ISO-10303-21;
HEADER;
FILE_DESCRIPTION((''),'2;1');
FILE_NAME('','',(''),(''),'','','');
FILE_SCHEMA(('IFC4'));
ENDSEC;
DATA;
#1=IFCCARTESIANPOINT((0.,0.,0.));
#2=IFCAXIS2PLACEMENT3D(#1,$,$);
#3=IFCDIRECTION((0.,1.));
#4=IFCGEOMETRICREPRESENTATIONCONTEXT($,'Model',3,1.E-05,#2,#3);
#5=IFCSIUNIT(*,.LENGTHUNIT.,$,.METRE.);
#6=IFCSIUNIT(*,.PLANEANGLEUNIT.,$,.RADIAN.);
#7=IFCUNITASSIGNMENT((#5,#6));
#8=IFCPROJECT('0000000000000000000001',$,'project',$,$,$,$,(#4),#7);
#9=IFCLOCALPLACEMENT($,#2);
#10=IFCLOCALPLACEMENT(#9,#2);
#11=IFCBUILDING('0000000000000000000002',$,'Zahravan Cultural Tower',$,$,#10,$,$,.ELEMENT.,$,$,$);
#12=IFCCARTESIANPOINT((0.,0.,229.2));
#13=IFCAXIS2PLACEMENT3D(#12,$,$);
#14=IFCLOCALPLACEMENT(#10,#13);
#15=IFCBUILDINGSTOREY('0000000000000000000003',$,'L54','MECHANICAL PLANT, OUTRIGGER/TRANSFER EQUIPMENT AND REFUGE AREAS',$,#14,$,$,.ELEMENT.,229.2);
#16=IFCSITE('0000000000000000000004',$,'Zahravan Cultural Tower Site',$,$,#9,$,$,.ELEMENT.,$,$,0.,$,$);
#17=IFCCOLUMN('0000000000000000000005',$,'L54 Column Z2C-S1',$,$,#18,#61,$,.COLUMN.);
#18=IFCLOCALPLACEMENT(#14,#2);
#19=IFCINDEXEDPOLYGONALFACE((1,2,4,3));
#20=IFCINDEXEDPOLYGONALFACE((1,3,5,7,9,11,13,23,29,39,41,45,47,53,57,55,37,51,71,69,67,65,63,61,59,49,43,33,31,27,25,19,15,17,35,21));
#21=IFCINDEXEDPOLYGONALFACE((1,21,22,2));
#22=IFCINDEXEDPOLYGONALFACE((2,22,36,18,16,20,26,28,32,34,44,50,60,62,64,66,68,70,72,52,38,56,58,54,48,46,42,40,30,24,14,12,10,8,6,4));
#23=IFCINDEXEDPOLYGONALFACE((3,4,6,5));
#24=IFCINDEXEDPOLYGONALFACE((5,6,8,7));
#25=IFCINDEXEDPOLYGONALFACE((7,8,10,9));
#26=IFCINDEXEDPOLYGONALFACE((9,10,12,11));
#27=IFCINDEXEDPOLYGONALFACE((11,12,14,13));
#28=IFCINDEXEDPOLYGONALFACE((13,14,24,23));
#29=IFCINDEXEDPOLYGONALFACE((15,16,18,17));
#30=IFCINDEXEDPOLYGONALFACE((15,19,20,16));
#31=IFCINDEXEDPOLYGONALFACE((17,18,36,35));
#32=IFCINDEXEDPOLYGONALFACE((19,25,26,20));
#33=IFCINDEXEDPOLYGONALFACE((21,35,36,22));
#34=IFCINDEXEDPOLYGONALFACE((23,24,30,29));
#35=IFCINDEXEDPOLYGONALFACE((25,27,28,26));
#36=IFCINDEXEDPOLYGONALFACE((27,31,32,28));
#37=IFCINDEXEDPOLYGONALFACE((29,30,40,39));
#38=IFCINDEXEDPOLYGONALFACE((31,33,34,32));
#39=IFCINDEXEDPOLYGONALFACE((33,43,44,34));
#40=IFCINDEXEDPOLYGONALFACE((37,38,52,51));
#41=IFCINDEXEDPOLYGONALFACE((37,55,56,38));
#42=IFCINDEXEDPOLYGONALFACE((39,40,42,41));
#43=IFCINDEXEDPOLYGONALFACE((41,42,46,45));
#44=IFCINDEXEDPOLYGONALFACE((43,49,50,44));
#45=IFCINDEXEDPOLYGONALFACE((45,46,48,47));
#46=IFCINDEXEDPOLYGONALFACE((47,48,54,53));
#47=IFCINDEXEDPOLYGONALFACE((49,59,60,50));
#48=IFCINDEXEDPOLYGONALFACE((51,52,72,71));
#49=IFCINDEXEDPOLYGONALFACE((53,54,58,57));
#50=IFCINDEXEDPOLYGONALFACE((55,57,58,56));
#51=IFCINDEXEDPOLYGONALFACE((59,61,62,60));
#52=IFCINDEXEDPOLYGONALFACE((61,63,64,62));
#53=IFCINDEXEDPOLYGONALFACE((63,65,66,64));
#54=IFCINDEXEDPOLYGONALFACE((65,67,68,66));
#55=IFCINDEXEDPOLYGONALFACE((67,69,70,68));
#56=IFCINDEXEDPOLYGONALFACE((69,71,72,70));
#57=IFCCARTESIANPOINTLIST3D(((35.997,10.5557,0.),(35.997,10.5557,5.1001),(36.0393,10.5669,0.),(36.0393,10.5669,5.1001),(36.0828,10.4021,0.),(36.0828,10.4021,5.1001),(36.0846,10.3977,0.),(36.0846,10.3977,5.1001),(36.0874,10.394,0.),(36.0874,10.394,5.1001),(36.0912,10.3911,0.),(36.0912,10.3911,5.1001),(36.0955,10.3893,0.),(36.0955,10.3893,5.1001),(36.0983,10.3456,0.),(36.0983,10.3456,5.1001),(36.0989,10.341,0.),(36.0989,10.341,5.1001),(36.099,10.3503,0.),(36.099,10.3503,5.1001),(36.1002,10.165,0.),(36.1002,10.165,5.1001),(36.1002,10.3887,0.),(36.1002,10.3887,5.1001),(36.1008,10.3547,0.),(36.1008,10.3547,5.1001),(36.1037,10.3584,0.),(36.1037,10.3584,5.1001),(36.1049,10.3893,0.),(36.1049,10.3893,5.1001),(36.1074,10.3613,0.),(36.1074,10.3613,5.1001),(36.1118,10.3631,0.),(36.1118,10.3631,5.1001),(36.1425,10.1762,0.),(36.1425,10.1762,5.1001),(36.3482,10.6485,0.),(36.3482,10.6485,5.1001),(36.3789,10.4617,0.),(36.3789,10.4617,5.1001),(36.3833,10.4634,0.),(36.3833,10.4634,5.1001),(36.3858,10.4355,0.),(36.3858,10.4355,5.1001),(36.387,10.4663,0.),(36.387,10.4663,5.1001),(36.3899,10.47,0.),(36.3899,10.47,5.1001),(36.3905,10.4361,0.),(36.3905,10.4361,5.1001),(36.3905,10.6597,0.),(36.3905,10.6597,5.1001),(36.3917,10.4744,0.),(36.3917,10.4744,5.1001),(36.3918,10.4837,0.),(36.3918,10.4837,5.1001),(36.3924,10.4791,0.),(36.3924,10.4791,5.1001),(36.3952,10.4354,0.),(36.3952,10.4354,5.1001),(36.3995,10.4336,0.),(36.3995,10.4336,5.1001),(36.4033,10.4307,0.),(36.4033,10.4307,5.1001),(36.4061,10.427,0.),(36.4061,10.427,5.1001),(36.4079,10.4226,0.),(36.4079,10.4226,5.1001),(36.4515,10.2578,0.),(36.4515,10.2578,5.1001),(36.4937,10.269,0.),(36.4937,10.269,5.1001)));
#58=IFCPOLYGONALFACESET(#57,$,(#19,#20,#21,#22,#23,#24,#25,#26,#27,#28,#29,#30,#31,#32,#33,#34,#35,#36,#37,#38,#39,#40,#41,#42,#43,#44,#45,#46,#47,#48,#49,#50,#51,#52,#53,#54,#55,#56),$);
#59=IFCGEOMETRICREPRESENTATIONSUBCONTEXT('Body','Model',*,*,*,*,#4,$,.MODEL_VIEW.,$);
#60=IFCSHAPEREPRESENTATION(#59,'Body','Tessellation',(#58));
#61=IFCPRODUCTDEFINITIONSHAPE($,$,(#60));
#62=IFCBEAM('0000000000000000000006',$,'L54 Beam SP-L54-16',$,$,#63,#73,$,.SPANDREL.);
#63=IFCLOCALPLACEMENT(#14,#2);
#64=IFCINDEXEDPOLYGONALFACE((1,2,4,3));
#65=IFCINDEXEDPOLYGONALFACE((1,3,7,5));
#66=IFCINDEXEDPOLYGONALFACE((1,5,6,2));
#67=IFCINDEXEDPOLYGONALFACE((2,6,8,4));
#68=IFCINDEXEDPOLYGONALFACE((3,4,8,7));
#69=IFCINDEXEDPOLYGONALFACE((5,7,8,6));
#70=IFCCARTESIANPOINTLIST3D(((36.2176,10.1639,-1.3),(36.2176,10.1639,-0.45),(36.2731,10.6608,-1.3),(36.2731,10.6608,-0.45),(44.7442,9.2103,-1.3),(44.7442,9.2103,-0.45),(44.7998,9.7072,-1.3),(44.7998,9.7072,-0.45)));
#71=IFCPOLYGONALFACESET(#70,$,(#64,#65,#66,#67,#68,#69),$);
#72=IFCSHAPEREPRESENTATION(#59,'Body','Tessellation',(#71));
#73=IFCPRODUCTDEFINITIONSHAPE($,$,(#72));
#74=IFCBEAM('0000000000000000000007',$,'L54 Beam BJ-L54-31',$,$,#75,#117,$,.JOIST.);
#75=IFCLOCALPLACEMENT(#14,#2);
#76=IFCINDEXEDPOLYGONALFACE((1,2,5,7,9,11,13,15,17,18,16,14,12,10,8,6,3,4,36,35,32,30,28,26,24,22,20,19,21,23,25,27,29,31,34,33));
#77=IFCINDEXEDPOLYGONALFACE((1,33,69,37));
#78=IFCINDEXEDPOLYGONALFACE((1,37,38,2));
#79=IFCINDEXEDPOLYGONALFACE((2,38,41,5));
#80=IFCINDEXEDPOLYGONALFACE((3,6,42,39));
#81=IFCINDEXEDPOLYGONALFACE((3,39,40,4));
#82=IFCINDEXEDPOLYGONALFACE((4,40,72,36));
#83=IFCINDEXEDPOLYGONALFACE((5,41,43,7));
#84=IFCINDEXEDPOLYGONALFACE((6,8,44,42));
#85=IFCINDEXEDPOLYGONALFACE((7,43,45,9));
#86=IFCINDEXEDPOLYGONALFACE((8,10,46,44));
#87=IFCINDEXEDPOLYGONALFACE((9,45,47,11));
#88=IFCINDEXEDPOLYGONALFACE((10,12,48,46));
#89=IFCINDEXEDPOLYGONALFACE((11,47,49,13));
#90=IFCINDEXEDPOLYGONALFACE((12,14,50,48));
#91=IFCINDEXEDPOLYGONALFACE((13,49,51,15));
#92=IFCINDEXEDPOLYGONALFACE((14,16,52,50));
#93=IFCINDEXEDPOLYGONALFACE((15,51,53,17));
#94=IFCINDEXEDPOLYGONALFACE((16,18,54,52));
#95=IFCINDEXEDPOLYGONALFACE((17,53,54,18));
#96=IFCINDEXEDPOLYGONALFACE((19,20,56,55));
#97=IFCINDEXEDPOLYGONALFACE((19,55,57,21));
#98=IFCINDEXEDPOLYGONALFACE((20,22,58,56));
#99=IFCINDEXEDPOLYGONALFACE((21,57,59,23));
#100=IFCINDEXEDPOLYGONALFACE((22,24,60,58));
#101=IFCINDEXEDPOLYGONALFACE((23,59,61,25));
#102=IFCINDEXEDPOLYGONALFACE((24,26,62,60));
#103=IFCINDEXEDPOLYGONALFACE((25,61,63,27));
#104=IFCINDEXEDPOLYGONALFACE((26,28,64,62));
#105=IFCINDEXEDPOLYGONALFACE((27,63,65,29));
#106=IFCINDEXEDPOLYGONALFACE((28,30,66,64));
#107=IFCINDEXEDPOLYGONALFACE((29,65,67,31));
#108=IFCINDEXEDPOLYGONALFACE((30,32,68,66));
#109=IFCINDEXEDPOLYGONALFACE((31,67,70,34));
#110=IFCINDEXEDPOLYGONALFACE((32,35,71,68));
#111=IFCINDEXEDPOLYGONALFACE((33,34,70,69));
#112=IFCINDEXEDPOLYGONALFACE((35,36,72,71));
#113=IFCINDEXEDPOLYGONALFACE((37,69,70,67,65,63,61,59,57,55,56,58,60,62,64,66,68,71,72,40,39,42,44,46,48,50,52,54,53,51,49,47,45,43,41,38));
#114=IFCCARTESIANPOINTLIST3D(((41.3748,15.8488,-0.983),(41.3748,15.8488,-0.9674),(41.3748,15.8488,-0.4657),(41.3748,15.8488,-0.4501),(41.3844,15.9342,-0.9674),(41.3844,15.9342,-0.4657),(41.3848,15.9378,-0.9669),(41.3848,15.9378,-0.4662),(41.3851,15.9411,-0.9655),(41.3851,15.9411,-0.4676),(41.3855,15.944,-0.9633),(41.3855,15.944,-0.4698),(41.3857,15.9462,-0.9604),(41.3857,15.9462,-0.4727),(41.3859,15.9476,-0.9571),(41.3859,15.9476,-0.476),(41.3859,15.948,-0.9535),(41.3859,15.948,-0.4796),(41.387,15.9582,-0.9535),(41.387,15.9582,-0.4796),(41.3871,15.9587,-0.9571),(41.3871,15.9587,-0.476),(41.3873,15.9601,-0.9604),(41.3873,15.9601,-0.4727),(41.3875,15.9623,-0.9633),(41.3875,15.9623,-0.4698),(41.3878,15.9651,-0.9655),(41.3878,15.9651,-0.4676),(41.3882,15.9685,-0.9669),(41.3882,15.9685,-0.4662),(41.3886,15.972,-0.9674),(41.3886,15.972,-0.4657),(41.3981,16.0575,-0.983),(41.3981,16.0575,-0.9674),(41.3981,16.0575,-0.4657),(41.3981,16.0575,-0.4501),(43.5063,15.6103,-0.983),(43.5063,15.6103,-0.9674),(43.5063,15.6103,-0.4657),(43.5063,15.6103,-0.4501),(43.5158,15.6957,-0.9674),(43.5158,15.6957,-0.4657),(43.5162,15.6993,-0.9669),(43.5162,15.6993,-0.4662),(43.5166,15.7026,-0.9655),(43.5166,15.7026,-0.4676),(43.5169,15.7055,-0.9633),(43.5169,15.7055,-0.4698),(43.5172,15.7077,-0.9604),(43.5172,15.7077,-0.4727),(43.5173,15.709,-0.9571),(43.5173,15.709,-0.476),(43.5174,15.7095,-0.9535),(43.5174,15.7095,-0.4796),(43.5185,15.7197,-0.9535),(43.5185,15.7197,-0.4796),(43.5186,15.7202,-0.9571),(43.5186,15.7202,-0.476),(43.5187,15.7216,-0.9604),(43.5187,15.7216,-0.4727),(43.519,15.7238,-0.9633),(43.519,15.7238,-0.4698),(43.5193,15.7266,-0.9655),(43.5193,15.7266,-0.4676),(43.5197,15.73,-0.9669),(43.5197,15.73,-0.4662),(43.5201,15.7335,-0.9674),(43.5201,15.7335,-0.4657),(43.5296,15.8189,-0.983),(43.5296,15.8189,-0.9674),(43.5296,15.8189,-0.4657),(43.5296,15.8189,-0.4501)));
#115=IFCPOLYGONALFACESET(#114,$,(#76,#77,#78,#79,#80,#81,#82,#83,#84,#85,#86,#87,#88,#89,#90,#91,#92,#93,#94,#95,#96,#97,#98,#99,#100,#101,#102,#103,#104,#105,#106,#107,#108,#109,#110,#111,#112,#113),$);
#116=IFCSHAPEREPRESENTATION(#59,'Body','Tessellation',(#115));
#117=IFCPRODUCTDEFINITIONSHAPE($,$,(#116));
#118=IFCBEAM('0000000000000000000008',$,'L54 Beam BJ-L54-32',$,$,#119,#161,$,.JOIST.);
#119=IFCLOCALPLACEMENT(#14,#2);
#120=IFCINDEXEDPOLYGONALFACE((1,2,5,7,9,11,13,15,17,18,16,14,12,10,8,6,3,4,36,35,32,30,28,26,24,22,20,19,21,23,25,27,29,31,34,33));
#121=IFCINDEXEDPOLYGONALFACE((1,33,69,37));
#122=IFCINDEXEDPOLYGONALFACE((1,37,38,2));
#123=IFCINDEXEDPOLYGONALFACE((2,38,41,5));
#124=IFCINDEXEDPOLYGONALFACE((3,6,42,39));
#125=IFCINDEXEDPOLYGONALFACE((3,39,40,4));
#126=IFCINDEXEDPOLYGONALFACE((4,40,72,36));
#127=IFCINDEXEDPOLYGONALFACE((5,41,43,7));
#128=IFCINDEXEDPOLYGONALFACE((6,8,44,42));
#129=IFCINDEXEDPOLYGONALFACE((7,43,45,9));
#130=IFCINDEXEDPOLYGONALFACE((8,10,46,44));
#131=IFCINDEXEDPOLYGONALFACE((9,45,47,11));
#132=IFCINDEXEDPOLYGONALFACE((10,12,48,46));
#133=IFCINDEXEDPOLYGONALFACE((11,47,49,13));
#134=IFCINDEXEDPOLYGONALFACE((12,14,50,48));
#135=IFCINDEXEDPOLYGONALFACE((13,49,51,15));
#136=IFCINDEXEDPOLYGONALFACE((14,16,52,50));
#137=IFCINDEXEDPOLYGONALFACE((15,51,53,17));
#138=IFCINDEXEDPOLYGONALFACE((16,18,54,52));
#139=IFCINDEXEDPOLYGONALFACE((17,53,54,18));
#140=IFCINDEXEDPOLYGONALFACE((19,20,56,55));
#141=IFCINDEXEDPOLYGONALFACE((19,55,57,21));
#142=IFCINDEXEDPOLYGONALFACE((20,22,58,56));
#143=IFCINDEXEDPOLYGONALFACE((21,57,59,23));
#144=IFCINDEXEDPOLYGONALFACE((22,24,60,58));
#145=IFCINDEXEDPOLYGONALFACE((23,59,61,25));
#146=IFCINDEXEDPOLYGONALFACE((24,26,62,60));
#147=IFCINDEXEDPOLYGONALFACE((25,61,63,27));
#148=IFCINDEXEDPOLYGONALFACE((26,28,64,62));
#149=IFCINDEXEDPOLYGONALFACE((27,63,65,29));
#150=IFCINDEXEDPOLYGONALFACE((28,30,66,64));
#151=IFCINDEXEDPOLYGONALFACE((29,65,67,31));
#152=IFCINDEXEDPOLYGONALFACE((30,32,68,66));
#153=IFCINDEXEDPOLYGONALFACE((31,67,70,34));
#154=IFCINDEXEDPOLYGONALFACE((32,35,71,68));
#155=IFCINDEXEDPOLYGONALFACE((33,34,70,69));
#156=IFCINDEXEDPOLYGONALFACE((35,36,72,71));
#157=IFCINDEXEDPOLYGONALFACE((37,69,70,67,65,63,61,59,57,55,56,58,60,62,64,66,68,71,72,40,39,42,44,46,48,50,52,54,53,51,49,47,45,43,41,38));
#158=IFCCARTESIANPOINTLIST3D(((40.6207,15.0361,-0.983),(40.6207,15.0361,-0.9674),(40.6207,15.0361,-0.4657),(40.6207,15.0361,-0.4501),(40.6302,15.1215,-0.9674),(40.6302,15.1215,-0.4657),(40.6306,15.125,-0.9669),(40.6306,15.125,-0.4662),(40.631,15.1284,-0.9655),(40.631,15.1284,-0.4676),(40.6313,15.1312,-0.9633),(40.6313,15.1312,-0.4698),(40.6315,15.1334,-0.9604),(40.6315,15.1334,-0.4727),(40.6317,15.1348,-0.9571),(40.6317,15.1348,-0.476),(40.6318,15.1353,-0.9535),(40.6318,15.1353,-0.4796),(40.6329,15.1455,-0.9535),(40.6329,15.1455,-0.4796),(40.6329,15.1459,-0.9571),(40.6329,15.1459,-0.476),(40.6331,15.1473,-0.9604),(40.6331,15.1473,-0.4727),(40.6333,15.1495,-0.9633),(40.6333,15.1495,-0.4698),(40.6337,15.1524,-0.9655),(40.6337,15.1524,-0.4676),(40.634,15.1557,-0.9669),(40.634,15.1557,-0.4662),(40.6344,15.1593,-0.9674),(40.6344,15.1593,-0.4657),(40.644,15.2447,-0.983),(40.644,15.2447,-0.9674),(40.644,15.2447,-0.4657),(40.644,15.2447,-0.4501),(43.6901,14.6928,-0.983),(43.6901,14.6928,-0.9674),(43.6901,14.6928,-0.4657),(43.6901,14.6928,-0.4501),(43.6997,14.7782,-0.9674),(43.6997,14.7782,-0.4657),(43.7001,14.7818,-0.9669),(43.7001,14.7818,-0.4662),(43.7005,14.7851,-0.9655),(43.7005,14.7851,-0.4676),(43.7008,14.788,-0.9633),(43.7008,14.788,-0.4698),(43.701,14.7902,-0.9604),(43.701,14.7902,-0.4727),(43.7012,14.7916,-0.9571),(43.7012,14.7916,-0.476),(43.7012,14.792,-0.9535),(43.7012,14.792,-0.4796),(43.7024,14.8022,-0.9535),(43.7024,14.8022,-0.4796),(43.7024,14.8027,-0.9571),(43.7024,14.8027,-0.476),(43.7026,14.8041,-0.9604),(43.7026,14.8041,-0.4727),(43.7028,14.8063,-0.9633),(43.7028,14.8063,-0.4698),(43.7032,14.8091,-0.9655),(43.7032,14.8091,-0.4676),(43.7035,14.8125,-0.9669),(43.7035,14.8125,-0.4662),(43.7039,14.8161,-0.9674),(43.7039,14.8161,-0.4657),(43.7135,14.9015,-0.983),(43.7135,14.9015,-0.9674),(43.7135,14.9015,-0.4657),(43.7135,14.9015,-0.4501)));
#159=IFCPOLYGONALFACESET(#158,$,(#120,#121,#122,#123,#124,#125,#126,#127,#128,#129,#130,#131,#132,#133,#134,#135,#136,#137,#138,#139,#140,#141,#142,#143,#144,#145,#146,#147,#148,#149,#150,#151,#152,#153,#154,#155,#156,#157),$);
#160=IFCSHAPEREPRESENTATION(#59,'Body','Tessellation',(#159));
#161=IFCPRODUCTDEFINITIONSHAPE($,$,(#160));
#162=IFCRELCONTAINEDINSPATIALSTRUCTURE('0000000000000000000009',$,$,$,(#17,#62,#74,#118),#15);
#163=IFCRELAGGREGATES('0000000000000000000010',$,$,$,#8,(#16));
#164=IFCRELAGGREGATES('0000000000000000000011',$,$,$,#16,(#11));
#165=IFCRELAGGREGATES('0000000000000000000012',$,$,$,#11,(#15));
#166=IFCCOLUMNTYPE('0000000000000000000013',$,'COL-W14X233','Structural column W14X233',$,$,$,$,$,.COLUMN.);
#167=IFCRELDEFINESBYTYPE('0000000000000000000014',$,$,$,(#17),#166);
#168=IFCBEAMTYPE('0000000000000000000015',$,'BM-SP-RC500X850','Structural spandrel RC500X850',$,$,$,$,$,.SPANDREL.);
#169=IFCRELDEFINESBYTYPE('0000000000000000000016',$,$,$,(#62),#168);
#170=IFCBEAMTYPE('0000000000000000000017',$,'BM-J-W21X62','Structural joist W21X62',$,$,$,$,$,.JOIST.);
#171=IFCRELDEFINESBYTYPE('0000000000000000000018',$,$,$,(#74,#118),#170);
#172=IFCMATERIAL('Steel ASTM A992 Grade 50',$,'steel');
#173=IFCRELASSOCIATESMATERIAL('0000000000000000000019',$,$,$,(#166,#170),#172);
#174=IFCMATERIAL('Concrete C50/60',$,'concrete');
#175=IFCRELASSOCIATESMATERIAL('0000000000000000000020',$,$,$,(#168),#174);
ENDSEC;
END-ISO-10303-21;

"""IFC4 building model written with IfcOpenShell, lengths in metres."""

from ifc_helpers import new_model, si_unit, direction, frame, origin, origin_2d, place, context, subcontext, project, spatial, rectangle, i_section, extrude, source, transform, mapped, material, material_profile, profile_set, type_object, element, save


model = new_model("IFC4")

# Units and contexts
model_context = context("Model", 3, precision=1e-05, world=origin(), true_north=direction((0.0, 1.0)))
body_context = subcontext(model_context, "Body", "Model", "MODEL_VIEW")
ifc_project = project(units=[si_unit("LENGTHUNIT", "METRE"), si_unit("PLANEANGLEUNIT", "RADIAN")], contexts=[model_context])

# Site, building, storey
site_placement = place(None, origin())
site = spatial("IfcSite", under=ifc_project, at=site_placement, Name="Zahravan Cultural Tower Site", CompositionType="ELEMENT", RefElevation=0.0)
building_placement = place(site_placement, origin())
building = spatial("IfcBuilding", under=site, at=building_placement, Name="Zahravan Cultural Tower", CompositionType="ELEMENT")
storey_placement = place(building_placement, frame((0.0, 0.0, 229.2)))
storey = spatial("IfcBuildingStorey", under=building, at=storey_placement, Name="L54", Description="MECHANICAL PLANT, OUTRIGGER/TRANSFER EQUIPMENT AND REFUGE AREAS", CompositionType="ELEMENT", Elevation=229.2)

# Column
ifc_material_1 = material(Name="Steel ASTM A992 Grade 50", Category="steel")
ifc_material_profile_1 = material_profile(ifc_material_1, i_section(OverallWidth=0.4041, OverallDepth=0.407, WebThickness=0.0271, FlangeThickness=0.0437, FilletRadius=0.0181, at=origin_2d()), Name="W14X233")
ifc_profile_set_1 = profile_set([ifc_material_profile_1], Name="Steel ASTM A992 Grade 50")
column_type = type_object("IfcColumnType", Name="COL-W14X233", Description="Structural column W14X233", PredefinedType="COLUMN", material=ifc_profile_set_1)
shared_shape_1 = source(origin(), body_context, "Body", "SweptSolid", [
    extrude(i_section(OverallWidth=0.4041, OverallDepth=0.407, WebThickness=0.0271, FlangeThickness=0.0437, FilletRadius=0.0181, at=origin_2d()), origin(), (0.0, 0.0, 1.0), 5.1001),
])
column_placement = place(storey_placement, frame((36.2454, 10.4124, 0.0), z_axis=(0.0, 0.0, 1.0), x_axis=(-0.255446, 0.966823, 0.0)))
element("IfcColumn", 1, at=column_placement, inside=storey, type_object=column_type, Name="L54 Column Z2C-S1", PredefinedType="COLUMN", context=body_context, shape_type="MappedRepresentation", body=[
    mapped(shared_shape_1, transform((0.0, 0.0, 0.0), x_axis=(1.0, 0.0, 0.0), y_axis=(0.0, 1.0, 0.0), z_axis=(0.0, 0.0, 1.0), scale=1.0)),
])

# Beams
ifc_material_2 = material(Name="Concrete C50/60", Category="concrete")
ifc_material_profile_2 = material_profile(ifc_material_2, rectangle(XDim=0.5, YDim=0.8501, at=origin_2d()), Name="RC500X850")
ifc_profile_set_2 = profile_set([ifc_material_profile_2], Name="Concrete C50/60")
beam_type_1 = type_object("IfcBeamType", Name="BM-SP-RC500X850", Description="Structural spandrel RC500X850", PredefinedType="SPANDREL", material=ifc_profile_set_2)
shared_shape_2 = source(origin(), body_context, "Body", "SweptSolid", [
    extrude(rectangle(XDim=0.5, YDim=0.8501, at=origin_2d()), origin(), (0.0, 0.0, 1.0), 8.5798),
])
beam_1_placement = place(storey_placement, frame((36.2454, 10.4124, -0.875), z_axis=(0.993804, -0.111147, 0.0), x_axis=(0.111147, 0.993804, 0.0)))
element("IfcBeam", 2, at=beam_1_placement, inside=storey, type_object=beam_type_1, Name="L54 Beam SP-L54-16", PredefinedType="SPANDREL", context=body_context, shape_type="MappedRepresentation", body=[
    mapped(shared_shape_2, transform((0.0, 0.0, 0.0), x_axis=(1.0, 0.0, 0.0), y_axis=(0.0, 1.0, 0.0), z_axis=(0.0, 0.0, 1.0), scale=1.0)),
])
ifc_material_profile_3 = material_profile(ifc_material_1, i_section(OverallWidth=0.21, OverallDepth=0.533, WebThickness=0.0103, FlangeThickness=0.0156, FilletRadius=0.0139, at=origin_2d()), Name="W21X62")
ifc_profile_set_3 = profile_set([ifc_material_profile_3], Name="Steel ASTM A992 Grade 50")
beam_type_2 = type_object("IfcBeamType", Name="BM-J-W21X62", Description="Structural joist W21X62", PredefinedType="JOIST", material=ifc_profile_set_3)
shared_shape_3 = source(origin(), body_context, "Body", "SweptSolid", [
    extrude(i_section(OverallWidth=0.21, OverallDepth=0.533, WebThickness=0.0103, FlangeThickness=0.0156, FilletRadius=0.0139, at=origin_2d()), origin(), (0.0, 0.0, 1.0), 2.1448),
])
beam_2_placement = place(storey_placement, frame((41.3865, 15.9531, -0.7166), z_axis=(0.993797, -0.111206, 0.0), x_axis=(0.111206, 0.993797, 0.0)))
element("IfcBeam", 3, at=beam_2_placement, inside=storey, type_object=beam_type_2, Name="L54 Beam BJ-L54-31", PredefinedType="JOIST", context=body_context, shape_type="MappedRepresentation", body=[
    mapped(shared_shape_3, transform((0.0, 0.0, 0.0), x_axis=(1.0, 0.0, 0.0), y_axis=(0.0, 1.0, 0.0), z_axis=(0.0, 0.0, 1.0), scale=1.0)),
])
shared_shape_4 = source(origin(), body_context, "Body", "SweptSolid", [
    extrude(i_section(OverallWidth=0.21, OverallDepth=0.533, WebThickness=0.0103, FlangeThickness=0.0156, FilletRadius=0.0139, at=origin_2d()), origin(), (0.0, 0.0, 1.0), 3.0886),
])
beam_3_placement = place(storey_placement, frame((40.6323, 15.1404, -0.7166), z_axis=(0.993805, -0.111134, 0.0), x_axis=(0.111134, 0.993805, 0.0)))
element("IfcBeam", 4, at=beam_3_placement, inside=storey, type_object=beam_type_2, Name="L54 Beam BJ-L54-32", PredefinedType="JOIST", context=body_context, shape_type="MappedRepresentation", body=[
    mapped(shared_shape_4, transform((0.0, 0.0, 0.0), x_axis=(1.0, 0.0, 0.0), y_axis=(0.0, 1.0, 0.0), z_axis=(0.0, 0.0, 1.0), scale=1.0)),
])

save(model, "model.ifc")
